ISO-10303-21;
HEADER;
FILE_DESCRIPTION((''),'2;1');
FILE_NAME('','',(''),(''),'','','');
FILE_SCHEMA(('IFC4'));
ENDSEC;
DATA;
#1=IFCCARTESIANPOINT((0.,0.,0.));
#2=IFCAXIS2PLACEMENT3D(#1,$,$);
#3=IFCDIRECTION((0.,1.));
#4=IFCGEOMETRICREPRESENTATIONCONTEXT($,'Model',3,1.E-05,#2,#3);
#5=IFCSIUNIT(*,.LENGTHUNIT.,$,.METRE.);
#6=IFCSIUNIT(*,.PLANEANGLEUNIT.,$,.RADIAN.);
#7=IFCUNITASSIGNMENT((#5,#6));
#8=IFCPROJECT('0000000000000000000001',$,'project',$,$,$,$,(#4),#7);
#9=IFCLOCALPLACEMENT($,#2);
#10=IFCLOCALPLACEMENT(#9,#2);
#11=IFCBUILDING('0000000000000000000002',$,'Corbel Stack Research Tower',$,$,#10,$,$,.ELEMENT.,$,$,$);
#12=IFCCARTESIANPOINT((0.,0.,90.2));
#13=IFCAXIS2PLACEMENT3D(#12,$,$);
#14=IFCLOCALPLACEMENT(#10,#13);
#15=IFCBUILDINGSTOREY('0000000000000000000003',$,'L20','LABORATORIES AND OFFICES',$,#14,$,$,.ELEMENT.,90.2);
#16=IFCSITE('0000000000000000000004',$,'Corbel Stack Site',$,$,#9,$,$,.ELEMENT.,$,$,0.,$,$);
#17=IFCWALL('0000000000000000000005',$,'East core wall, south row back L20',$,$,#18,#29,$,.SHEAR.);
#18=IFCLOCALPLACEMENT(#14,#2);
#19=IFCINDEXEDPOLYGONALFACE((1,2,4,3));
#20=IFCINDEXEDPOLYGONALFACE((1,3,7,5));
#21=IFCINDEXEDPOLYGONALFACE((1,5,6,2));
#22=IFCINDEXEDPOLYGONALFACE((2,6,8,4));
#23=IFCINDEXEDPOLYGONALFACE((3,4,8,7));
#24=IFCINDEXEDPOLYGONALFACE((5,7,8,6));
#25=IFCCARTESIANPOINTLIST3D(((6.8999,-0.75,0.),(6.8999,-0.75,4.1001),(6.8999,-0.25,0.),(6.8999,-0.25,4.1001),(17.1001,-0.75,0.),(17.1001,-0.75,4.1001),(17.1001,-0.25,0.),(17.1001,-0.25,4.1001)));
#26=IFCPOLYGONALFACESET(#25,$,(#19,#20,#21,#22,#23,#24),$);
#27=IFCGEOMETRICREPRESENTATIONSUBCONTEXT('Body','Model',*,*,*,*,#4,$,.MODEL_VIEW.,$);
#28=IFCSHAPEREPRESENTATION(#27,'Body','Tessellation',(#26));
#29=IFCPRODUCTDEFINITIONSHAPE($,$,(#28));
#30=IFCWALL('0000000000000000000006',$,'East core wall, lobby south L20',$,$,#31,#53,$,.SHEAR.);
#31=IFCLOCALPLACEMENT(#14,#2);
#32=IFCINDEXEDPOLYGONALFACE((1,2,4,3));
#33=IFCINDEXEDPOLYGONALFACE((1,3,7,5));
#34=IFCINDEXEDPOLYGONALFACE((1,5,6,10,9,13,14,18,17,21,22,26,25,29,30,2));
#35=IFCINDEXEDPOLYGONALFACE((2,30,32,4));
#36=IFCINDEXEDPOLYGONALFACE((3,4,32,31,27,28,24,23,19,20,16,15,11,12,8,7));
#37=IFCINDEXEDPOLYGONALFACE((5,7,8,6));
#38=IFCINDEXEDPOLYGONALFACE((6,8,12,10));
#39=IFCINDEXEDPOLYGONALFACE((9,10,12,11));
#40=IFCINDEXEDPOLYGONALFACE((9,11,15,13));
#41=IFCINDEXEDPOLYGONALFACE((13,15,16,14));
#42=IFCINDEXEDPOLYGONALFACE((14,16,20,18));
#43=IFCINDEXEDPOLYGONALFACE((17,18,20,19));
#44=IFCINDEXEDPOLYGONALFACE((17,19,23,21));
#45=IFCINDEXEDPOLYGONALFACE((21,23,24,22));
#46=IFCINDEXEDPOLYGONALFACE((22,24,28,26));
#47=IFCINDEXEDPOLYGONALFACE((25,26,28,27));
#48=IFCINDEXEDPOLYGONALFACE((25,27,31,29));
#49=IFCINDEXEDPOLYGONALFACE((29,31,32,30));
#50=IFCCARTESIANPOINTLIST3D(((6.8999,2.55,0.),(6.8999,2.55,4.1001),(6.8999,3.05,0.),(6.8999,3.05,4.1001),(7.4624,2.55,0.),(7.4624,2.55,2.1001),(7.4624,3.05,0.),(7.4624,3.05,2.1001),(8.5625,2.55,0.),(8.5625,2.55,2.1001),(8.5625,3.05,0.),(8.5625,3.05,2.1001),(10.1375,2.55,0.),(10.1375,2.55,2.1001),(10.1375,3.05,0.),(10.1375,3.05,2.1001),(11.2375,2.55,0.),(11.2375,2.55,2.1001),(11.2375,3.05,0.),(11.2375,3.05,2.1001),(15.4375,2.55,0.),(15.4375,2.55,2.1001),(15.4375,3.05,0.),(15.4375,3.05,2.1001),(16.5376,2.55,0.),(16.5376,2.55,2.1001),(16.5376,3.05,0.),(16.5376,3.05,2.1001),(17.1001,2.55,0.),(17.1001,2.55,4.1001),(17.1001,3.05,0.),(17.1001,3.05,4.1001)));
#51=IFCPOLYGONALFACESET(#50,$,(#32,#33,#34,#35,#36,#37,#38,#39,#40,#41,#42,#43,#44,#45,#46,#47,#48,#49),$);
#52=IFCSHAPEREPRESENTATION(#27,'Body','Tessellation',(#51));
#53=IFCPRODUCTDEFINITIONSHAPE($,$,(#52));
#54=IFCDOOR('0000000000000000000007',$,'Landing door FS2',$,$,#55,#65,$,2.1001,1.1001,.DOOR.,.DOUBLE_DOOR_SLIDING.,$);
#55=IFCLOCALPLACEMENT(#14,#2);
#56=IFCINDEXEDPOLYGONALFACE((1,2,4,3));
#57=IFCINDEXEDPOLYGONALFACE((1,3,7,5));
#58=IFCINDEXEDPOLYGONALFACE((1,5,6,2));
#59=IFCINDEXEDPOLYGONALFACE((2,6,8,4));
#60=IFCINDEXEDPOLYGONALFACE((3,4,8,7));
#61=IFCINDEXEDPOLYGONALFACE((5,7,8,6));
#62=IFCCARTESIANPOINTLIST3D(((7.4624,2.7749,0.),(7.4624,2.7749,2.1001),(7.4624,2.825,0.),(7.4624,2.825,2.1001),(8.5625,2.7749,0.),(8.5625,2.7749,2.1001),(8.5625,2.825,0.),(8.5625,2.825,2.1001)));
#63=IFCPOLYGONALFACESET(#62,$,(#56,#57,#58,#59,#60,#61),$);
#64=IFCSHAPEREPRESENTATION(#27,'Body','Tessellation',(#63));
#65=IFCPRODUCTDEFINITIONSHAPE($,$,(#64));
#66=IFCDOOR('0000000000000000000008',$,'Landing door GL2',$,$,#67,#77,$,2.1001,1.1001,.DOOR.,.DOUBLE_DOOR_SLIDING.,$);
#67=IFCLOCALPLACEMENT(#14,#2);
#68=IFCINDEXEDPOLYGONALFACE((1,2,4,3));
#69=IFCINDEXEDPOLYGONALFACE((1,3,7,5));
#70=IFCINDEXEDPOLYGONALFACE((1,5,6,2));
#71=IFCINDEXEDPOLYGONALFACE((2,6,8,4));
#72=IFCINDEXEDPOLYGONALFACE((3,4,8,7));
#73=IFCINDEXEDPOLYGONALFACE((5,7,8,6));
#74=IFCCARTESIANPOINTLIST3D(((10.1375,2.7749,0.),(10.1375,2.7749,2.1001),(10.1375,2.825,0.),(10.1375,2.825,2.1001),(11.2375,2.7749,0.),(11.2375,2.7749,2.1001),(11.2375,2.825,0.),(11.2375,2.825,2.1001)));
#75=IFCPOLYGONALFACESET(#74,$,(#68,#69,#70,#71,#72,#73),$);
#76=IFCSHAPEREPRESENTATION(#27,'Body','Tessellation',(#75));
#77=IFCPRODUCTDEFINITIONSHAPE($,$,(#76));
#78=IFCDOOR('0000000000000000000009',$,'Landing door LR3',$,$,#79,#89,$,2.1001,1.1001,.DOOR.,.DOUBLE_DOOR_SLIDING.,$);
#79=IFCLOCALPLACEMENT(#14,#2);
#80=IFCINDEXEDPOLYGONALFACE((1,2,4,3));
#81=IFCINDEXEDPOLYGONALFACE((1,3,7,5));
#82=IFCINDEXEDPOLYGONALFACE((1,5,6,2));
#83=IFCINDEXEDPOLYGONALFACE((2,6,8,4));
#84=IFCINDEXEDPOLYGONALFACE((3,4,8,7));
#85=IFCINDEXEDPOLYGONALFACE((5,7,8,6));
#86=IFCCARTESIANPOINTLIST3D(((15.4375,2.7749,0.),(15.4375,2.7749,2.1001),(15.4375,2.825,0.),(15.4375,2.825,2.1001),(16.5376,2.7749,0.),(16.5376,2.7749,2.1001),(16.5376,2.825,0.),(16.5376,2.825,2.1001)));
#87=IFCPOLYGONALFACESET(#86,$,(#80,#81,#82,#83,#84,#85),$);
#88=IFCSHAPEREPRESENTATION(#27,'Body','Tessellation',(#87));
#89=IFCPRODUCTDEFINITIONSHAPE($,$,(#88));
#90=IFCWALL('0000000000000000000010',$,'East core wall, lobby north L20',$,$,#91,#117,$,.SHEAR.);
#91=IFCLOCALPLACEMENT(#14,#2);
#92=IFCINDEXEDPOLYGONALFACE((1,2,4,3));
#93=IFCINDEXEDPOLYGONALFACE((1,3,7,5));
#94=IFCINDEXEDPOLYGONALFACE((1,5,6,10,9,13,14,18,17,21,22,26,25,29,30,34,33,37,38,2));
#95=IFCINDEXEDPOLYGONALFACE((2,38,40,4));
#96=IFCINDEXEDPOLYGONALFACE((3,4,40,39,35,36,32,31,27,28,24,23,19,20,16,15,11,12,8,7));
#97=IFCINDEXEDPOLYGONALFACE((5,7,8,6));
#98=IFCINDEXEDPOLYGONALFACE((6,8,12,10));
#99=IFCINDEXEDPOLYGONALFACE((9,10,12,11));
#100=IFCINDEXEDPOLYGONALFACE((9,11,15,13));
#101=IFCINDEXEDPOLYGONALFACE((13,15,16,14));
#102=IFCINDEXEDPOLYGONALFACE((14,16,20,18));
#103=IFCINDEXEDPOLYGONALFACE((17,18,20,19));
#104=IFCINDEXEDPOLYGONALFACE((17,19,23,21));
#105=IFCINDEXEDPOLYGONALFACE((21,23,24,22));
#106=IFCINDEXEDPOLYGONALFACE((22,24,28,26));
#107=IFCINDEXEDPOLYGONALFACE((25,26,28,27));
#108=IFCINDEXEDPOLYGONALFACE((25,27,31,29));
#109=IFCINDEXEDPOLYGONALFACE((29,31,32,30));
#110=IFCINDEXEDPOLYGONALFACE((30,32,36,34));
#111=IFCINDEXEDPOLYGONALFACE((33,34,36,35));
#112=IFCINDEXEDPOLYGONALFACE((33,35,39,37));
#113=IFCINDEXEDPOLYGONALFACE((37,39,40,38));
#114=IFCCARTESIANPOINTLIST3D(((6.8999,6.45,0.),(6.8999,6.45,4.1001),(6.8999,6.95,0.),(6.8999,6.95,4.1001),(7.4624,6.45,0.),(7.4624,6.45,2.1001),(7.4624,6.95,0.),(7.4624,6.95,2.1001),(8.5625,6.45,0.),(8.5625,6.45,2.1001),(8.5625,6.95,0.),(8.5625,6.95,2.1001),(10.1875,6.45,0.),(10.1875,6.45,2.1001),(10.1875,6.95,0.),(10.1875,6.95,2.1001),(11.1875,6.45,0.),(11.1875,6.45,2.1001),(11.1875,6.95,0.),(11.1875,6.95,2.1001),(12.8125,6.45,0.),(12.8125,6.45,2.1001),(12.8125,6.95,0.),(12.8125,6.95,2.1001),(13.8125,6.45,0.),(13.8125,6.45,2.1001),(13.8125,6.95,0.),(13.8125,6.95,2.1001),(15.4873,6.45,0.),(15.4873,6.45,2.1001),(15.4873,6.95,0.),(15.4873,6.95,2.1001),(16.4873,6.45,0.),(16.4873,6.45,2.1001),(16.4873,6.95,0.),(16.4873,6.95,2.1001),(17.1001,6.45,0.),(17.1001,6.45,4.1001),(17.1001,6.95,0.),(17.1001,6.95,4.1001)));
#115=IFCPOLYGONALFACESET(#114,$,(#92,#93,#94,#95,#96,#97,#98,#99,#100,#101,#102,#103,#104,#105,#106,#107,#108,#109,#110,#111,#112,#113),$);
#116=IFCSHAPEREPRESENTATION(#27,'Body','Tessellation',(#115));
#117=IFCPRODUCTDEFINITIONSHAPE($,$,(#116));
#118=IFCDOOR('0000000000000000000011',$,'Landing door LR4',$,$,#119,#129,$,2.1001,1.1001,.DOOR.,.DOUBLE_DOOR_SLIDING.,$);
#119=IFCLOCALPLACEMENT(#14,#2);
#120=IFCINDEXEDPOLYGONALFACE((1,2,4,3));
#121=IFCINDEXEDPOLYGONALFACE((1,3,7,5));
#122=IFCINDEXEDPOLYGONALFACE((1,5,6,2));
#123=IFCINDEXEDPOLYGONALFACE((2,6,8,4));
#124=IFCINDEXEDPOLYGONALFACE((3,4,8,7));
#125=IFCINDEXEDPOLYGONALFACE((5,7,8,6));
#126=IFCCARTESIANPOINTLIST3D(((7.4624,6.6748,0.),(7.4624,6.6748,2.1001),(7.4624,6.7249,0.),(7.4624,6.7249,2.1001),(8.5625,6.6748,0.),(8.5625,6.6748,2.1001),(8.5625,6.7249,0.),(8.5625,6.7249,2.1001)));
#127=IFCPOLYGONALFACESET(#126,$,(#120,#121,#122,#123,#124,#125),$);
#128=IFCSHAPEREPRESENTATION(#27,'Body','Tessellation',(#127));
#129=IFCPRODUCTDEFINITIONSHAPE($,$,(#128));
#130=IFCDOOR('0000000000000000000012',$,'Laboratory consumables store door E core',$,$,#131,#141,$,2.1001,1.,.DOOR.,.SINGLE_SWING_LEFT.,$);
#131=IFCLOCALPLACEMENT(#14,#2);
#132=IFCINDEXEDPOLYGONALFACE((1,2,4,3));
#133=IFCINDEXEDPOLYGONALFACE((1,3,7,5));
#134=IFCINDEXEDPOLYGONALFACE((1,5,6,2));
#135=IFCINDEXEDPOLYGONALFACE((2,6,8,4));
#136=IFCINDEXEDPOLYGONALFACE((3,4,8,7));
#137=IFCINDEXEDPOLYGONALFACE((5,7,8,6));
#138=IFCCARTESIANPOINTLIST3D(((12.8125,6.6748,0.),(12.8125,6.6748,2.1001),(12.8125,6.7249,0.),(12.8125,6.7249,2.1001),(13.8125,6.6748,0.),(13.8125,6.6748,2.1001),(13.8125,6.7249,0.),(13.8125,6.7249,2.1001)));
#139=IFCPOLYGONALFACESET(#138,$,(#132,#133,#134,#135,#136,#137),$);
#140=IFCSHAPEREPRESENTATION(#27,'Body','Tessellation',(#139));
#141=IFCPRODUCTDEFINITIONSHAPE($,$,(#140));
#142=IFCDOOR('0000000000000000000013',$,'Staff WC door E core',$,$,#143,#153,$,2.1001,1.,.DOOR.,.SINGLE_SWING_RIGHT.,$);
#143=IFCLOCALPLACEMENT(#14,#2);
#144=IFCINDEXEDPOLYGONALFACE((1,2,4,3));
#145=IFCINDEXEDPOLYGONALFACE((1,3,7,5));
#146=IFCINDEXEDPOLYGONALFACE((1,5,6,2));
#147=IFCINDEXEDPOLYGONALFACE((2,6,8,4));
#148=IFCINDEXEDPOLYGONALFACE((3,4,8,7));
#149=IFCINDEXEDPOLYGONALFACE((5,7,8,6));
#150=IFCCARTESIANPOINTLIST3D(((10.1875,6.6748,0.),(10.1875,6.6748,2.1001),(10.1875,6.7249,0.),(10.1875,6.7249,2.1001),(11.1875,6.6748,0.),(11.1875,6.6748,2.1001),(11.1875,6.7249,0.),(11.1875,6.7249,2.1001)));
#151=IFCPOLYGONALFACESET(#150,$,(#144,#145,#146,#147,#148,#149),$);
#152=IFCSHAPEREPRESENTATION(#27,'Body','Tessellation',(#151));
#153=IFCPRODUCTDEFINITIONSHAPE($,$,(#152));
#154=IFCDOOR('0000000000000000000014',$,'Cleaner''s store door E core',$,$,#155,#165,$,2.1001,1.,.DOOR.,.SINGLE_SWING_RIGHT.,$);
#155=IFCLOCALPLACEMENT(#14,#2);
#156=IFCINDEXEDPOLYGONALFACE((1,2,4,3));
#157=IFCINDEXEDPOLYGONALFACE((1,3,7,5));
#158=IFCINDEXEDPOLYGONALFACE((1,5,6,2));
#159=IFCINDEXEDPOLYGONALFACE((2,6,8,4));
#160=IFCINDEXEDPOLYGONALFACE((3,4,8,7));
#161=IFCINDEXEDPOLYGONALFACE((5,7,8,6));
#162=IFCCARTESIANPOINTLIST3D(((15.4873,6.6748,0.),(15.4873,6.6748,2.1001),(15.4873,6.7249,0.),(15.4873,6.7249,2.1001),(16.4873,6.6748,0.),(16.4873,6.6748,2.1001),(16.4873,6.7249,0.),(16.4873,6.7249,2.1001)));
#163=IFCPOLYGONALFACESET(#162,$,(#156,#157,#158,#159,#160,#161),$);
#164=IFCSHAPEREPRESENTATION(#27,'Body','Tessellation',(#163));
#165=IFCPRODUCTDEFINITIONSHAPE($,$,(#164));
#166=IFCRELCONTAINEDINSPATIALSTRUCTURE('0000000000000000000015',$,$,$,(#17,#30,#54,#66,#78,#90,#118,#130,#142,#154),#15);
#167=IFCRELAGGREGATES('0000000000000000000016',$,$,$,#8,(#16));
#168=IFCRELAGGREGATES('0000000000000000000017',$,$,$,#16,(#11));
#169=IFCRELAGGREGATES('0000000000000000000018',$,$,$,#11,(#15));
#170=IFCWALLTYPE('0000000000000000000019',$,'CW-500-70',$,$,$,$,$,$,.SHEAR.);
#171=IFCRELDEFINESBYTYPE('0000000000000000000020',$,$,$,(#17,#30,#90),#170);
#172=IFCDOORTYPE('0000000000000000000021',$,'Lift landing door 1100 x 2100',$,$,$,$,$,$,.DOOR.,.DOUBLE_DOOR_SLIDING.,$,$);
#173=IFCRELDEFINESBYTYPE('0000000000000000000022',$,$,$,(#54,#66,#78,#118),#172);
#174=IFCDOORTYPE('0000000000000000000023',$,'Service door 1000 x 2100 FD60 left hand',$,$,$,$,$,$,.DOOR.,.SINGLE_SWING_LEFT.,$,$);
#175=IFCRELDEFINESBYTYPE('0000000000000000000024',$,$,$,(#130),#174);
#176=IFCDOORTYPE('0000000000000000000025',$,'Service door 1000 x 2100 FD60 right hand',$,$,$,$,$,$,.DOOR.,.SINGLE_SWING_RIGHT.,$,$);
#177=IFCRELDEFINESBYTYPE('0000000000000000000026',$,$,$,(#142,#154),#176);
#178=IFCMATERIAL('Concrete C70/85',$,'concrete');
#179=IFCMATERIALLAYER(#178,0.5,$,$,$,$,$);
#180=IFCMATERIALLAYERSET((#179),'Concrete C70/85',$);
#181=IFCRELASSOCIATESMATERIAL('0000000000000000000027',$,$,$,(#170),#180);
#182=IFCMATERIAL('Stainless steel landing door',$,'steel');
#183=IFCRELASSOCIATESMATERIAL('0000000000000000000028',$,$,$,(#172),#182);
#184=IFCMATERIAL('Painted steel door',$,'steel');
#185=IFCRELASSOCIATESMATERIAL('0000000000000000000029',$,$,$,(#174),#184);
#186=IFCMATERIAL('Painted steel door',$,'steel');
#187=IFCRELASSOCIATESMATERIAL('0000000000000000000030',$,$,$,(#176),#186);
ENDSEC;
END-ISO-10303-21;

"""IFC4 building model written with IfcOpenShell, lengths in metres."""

from ifc_helpers import new_model, si_unit, direction, frame, frame_2d, origin, place, context, subcontext, project, spatial, rectangle, extrude, material, layer, layer_set, type_object, element, fill, save


model = new_model("IFC4")

# Units and contexts
model_context = context("Model", 3, precision=1e-05, world=origin(), true_north=direction((0.0, 1.0)))
body_context = subcontext(model_context, "Body", "Model", "MODEL_VIEW")
ifc_project = project(units=[si_unit("LENGTHUNIT", "METRE"), si_unit("PLANEANGLEUNIT", "RADIAN")], contexts=[model_context])

# Site, building, storey
site_placement = place(None, origin())
site = spatial("IfcSite", under=ifc_project, at=site_placement, Name="Corbel Stack Site", CompositionType="ELEMENT", RefElevation=0.0)
building_placement = place(site_placement, origin())
building = spatial("IfcBuilding", under=site, at=building_placement, Name="Corbel Stack Research Tower", CompositionType="ELEMENT")
storey_placement = place(building_placement, frame((0.0, 0.0, 90.2)))
storey = spatial("IfcBuildingStorey", under=building, at=storey_placement, Name="L20", Description="LABORATORIES AND OFFICES", CompositionType="ELEMENT", Elevation=90.2)

# Wall
ifc_material_1 = material(Name="Concrete C70/85", Category="concrete")
ifc_layer_1 = layer(ifc_material_1, 0.5)
ifc_layer_set_1 = layer_set([ifc_layer_1], Name="Concrete C70/85")
wall_type_1 = type_object("IfcWallType", Name="CW-500-70", PredefinedType="SHEAR", material=ifc_layer_set_1)
wall_1_placement = place(storey_placement, frame((6.8999, -0.5, 0.0), z_axis=(0.0, 0.0, 1.0), x_axis=(1.0, 0.0, 0.0)))
element("IfcWall", 1, at=wall_1_placement, inside=storey, type_object=wall_type_1, Name="East core wall, south row back L20", PredefinedType="SHEAR", context=body_context, shape_type="SweptSolid", body=[
    extrude(rectangle(XDim=10.2002, YDim=0.5, at=frame_2d((5.1001, 0.0))), origin(), (0.0, 0.0, 1.0), 4.1001),
])

# Walls, openings, doors
wall_2_placement = place(storey_placement, frame((6.8999, 2.8, 0.0), z_axis=(0.0, 0.0, 1.0), x_axis=(1.0, 0.0, 0.0)))
wall_2 = element("IfcWall", 2, at=wall_2_placement, inside=storey, type_object=wall_type_1, Name="East core wall, lobby south L20", PredefinedType="SHEAR", context=body_context, shape_type="SweptSolid", body=[
    extrude(rectangle(XDim=10.2002, YDim=0.5, at=frame_2d((5.1001, 0.0))), origin(), (0.0, 0.0, 1.0), 4.1001),
])
opening_1_placement = place(wall_2_placement, frame((0.5625, 0.0, 0.0)))
opening_1 = element("IfcOpeningElement", 3, at=opening_1_placement, cuts=wall_2, PredefinedType="OPENING", context=body_context, shape_type="SweptSolid", body=[
    extrude(rectangle(XDim=1.1001, YDim=2.1001, at=frame_2d((0.55, 1.05))), frame((0.0, 0.26, 0.0), z_axis=(0.0, -1.0, 0.0), x_axis=(1.0, 0.0, 0.0)), (0.0, 0.0, 1.0), 0.52),
])
opening_2_placement = place(wall_2_placement, frame((3.2375, 0.0, 0.0)))
opening_2 = element("IfcOpeningElement", 4, at=opening_2_placement, cuts=wall_2, PredefinedType="OPENING", context=body_context, shape_type="SweptSolid", body=[
    extrude(rectangle(XDim=1.1001, YDim=2.1001, at=frame_2d((0.55, 1.05))), frame((0.0, 0.26, 0.0), z_axis=(0.0, -1.0, 0.0), x_axis=(1.0, 0.0, 0.0)), (0.0, 0.0, 1.0), 0.52),
])
opening_3_placement = place(wall_2_placement, frame((8.5376, 0.0, 0.0)))
opening_3 = element("IfcOpeningElement", 5, at=opening_3_placement, cuts=wall_2, PredefinedType="OPENING", context=body_context, shape_type="SweptSolid", body=[
    extrude(rectangle(XDim=1.1001, YDim=2.1001, at=frame_2d((0.55, 1.05))), frame((0.0, 0.26, 0.0), z_axis=(0.0, -1.0, 0.0), x_axis=(1.0, 0.0, 0.0)), (0.0, 0.0, 1.0), 0.52),
])
ifc_material_2 = material(Name="Stainless steel landing door", Category="steel")
door_type_1 = type_object("IfcDoorType", Name="Lift landing door 1100 x 2100", OperationType="DOUBLE_DOOR_SLIDING", PredefinedType="DOOR", material=ifc_material_2)
door_1_placement = place(opening_1_placement, origin())
door_1 = element("IfcDoor", 6, at=door_1_placement, inside=storey, type_object=door_type_1, Name="Landing door FS2", OperationType="DOUBLE_DOOR_SLIDING", OverallHeight=2.1001, OverallWidth=1.1001, PredefinedType="DOOR", context=body_context, shape_type="SweptSolid", body=[
    extrude(rectangle(XDim=1.1001, YDim=2.1001, at=frame_2d((0.55, 1.05))), frame((0.0, 0.0249, 0.0), z_axis=(0.0, -1.0, 0.0), x_axis=(1.0, 0.0, 0.0)), (0.0, 0.0, 1.0), 0.05),
])
fill(opening_1, door_1)
door_2_placement = place(opening_2_placement, origin())
door_2 = element("IfcDoor", 7, at=door_2_placement, inside=storey, type_object=door_type_1, Name="Landing door GL2", OperationType="DOUBLE_DOOR_SLIDING", OverallHeight=2.1001, OverallWidth=1.1001, PredefinedType="DOOR", context=body_context, shape_type="SweptSolid", body=[
    extrude(rectangle(XDim=1.1001, YDim=2.1001, at=frame_2d((0.55, 1.05))), frame((0.0, 0.0249, 0.0), z_axis=(0.0, -1.0, 0.0), x_axis=(1.0, 0.0, 0.0)), (0.0, 0.0, 1.0), 0.05),
])
fill(opening_2, door_2)
door_3_placement = place(opening_3_placement, origin())
door_3 = element("IfcDoor", 8, at=door_3_placement, inside=storey, type_object=door_type_1, Name="Landing door LR3", OperationType="DOUBLE_DOOR_SLIDING", OverallHeight=2.1001, OverallWidth=1.1001, PredefinedType="DOOR", context=body_context, shape_type="SweptSolid", body=[
    extrude(rectangle(XDim=1.1001, YDim=2.1001, at=frame_2d((0.55, 1.05))), frame((0.0, 0.0249, 0.0), z_axis=(0.0, -1.0, 0.0), x_axis=(1.0, 0.0, 0.0)), (0.0, 0.0, 1.0), 0.05),
])
fill(opening_3, door_3)
wall_3_placement = place(storey_placement, frame((6.8999, 6.7, 0.0), z_axis=(0.0, 0.0, 1.0), x_axis=(1.0, 0.0, 0.0)))
wall_3 = element("IfcWall", 9, at=wall_3_placement, inside=storey, type_object=wall_type_1, Name="East core wall, lobby north L20", PredefinedType="SHEAR", context=body_context, shape_type="SweptSolid", body=[
    extrude(rectangle(XDim=10.2002, YDim=0.5, at=frame_2d((5.1001, 0.0))), origin(), (0.0, 0.0, 1.0), 4.1001),
])
opening_4_placement = place(wall_3_placement, frame((0.5625, 0.0, 0.0)))
opening_4 = element("IfcOpeningElement", 10, at=opening_4_placement, cuts=wall_3, PredefinedType="OPENING", context=body_context, shape_type="SweptSolid", body=[
    extrude(rectangle(XDim=1.1001, YDim=2.1001, at=frame_2d((0.55, 1.05))), frame((0.0, 0.26, 0.0), z_axis=(0.0, -1.0, 0.0), x_axis=(1.0, 0.0, 0.0)), (0.0, 0.0, 1.0), 0.52),
])
opening_5_placement = place(wall_3_placement, frame((3.2876, 0.0, 0.0)))
opening_5 = element("IfcOpeningElement", 11, at=opening_5_placement, cuts=wall_3, PredefinedType="OPENING", context=body_context, shape_type="SweptSolid", body=[
    extrude(rectangle(XDim=1.0, YDim=2.1001, at=frame_2d((0.5, 1.05))), frame((0.0, 0.26, 0.0), z_axis=(0.0, -1.0, 0.0), x_axis=(1.0, 0.0, 0.0)), (0.0, 0.0, 1.0), 0.52),
])
opening_6_placement = place(wall_3_placement, frame((5.9126, 0.0, 0.0)))
opening_6 = element("IfcOpeningElement", 12, at=opening_6_placement, cuts=wall_3, PredefinedType="OPENING", context=body_context, shape_type="SweptSolid", body=[
    extrude(rectangle(XDim=1.0, YDim=2.1001, at=frame_2d((0.5, 1.05))), frame((0.0, 0.26, 0.0), z_axis=(0.0, -1.0, 0.0), x_axis=(1.0, 0.0, 0.0)), (0.0, 0.0, 1.0), 0.52),
])
opening_7_placement = place(wall_3_placement, frame((8.5874, 0.0, 0.0)))
opening_7 = element("IfcOpeningElement", 13, at=opening_7_placement, cuts=wall_3, PredefinedType="OPENING", context=body_context, shape_type="SweptSolid", body=[
    extrude(rectangle(XDim=1.0, YDim=2.1001, at=frame_2d((0.5, 1.05))), frame((0.0, 0.26, 0.0), z_axis=(0.0, -1.0, 0.0), x_axis=(1.0, 0.0, 0.0)), (0.0, 0.0, 1.0), 0.52),
])
door_4_placement = place(opening_4_placement, origin())
door_4 = element("IfcDoor", 14, at=door_4_placement, inside=storey, type_object=door_type_1, Name="Landing door LR4", OperationType="DOUBLE_DOOR_SLIDING", OverallHeight=2.1001, OverallWidth=1.1001, PredefinedType="DOOR", context=body_context, shape_type="SweptSolid", body=[
    extrude(rectangle(XDim=1.1001, YDim=2.1001, at=frame_2d((0.55, 1.05))), frame((0.0, 0.0249, 0.0), z_axis=(0.0, -1.0, 0.0), x_axis=(1.0, 0.0, 0.0)), (0.0, 0.0, 1.0), 0.05),
])
fill(opening_4, door_4)
ifc_material_3 = material(Name="Painted steel door", Category="steel")
door_type_2 = type_object("IfcDoorType", Name="Service door 1000 x 2100 FD60 left hand", OperationType="SINGLE_SWING_LEFT", PredefinedType="DOOR", material=ifc_material_3)
door_5_placement = place(opening_6_placement, origin())
door_5 = element("IfcDoor", 15, at=door_5_placement, inside=storey, type_object=door_type_2, Name="Laboratory consumables store door E core", OperationType="SINGLE_SWING_LEFT", OverallHeight=2.1001, OverallWidth=1.0, PredefinedType="DOOR", context=body_context, shape_type="SweptSolid", body=[
    extrude(rectangle(XDim=1.0, YDim=2.1001, at=frame_2d((0.5, 1.05))), frame((0.0, 0.0249, 0.0), z_axis=(0.0, -1.0, 0.0), x_axis=(1.0, 0.0, 0.0)), (0.0, 0.0, 1.0), 0.05),
])
fill(opening_6, door_5)
ifc_material_4 = material(Name="Painted steel door", Category="steel")
door_type_3 = type_object("IfcDoorType", Name="Service door 1000 x 2100 FD60 right hand", OperationType="SINGLE_SWING_RIGHT", PredefinedType="DOOR", material=ifc_material_4)
door_6_placement = place(opening_5_placement, origin())
door_6 = element("IfcDoor", 16, at=door_6_placement, inside=storey, type_object=door_type_3, Name="Staff WC door E core", OperationType="SINGLE_SWING_RIGHT", OverallHeight=2.1001, OverallWidth=1.0, PredefinedType="DOOR", context=body_context, shape_type="SweptSolid", body=[
    extrude(rectangle(XDim=1.0, YDim=2.1001, at=frame_2d((0.5, 1.05))), frame((0.0, 0.0249, 0.0), z_axis=(0.0, -1.0, 0.0), x_axis=(1.0, 0.0, 0.0)), (0.0, 0.0, 1.0), 0.05),
])
fill(opening_5, door_6)
door_7_placement = place(opening_7_placement, origin())
door_7 = element("IfcDoor", 17, at=door_7_placement, inside=storey, type_object=door_type_3, Name="Cleaner's store door E core", OperationType="SINGLE_SWING_RIGHT", OverallHeight=2.1001, OverallWidth=1.0, PredefinedType="DOOR", context=body_context, shape_type="SweptSolid", body=[
    extrude(rectangle(XDim=1.0, YDim=2.1001, at=frame_2d((0.5, 1.05))), frame((0.0, 0.0249, 0.0), z_axis=(0.0, -1.0, 0.0), x_axis=(1.0, 0.0, 0.0)), (0.0, 0.0, 1.0), 0.05),
])
fill(opening_7, door_7)

save(model, "model.ifc")
